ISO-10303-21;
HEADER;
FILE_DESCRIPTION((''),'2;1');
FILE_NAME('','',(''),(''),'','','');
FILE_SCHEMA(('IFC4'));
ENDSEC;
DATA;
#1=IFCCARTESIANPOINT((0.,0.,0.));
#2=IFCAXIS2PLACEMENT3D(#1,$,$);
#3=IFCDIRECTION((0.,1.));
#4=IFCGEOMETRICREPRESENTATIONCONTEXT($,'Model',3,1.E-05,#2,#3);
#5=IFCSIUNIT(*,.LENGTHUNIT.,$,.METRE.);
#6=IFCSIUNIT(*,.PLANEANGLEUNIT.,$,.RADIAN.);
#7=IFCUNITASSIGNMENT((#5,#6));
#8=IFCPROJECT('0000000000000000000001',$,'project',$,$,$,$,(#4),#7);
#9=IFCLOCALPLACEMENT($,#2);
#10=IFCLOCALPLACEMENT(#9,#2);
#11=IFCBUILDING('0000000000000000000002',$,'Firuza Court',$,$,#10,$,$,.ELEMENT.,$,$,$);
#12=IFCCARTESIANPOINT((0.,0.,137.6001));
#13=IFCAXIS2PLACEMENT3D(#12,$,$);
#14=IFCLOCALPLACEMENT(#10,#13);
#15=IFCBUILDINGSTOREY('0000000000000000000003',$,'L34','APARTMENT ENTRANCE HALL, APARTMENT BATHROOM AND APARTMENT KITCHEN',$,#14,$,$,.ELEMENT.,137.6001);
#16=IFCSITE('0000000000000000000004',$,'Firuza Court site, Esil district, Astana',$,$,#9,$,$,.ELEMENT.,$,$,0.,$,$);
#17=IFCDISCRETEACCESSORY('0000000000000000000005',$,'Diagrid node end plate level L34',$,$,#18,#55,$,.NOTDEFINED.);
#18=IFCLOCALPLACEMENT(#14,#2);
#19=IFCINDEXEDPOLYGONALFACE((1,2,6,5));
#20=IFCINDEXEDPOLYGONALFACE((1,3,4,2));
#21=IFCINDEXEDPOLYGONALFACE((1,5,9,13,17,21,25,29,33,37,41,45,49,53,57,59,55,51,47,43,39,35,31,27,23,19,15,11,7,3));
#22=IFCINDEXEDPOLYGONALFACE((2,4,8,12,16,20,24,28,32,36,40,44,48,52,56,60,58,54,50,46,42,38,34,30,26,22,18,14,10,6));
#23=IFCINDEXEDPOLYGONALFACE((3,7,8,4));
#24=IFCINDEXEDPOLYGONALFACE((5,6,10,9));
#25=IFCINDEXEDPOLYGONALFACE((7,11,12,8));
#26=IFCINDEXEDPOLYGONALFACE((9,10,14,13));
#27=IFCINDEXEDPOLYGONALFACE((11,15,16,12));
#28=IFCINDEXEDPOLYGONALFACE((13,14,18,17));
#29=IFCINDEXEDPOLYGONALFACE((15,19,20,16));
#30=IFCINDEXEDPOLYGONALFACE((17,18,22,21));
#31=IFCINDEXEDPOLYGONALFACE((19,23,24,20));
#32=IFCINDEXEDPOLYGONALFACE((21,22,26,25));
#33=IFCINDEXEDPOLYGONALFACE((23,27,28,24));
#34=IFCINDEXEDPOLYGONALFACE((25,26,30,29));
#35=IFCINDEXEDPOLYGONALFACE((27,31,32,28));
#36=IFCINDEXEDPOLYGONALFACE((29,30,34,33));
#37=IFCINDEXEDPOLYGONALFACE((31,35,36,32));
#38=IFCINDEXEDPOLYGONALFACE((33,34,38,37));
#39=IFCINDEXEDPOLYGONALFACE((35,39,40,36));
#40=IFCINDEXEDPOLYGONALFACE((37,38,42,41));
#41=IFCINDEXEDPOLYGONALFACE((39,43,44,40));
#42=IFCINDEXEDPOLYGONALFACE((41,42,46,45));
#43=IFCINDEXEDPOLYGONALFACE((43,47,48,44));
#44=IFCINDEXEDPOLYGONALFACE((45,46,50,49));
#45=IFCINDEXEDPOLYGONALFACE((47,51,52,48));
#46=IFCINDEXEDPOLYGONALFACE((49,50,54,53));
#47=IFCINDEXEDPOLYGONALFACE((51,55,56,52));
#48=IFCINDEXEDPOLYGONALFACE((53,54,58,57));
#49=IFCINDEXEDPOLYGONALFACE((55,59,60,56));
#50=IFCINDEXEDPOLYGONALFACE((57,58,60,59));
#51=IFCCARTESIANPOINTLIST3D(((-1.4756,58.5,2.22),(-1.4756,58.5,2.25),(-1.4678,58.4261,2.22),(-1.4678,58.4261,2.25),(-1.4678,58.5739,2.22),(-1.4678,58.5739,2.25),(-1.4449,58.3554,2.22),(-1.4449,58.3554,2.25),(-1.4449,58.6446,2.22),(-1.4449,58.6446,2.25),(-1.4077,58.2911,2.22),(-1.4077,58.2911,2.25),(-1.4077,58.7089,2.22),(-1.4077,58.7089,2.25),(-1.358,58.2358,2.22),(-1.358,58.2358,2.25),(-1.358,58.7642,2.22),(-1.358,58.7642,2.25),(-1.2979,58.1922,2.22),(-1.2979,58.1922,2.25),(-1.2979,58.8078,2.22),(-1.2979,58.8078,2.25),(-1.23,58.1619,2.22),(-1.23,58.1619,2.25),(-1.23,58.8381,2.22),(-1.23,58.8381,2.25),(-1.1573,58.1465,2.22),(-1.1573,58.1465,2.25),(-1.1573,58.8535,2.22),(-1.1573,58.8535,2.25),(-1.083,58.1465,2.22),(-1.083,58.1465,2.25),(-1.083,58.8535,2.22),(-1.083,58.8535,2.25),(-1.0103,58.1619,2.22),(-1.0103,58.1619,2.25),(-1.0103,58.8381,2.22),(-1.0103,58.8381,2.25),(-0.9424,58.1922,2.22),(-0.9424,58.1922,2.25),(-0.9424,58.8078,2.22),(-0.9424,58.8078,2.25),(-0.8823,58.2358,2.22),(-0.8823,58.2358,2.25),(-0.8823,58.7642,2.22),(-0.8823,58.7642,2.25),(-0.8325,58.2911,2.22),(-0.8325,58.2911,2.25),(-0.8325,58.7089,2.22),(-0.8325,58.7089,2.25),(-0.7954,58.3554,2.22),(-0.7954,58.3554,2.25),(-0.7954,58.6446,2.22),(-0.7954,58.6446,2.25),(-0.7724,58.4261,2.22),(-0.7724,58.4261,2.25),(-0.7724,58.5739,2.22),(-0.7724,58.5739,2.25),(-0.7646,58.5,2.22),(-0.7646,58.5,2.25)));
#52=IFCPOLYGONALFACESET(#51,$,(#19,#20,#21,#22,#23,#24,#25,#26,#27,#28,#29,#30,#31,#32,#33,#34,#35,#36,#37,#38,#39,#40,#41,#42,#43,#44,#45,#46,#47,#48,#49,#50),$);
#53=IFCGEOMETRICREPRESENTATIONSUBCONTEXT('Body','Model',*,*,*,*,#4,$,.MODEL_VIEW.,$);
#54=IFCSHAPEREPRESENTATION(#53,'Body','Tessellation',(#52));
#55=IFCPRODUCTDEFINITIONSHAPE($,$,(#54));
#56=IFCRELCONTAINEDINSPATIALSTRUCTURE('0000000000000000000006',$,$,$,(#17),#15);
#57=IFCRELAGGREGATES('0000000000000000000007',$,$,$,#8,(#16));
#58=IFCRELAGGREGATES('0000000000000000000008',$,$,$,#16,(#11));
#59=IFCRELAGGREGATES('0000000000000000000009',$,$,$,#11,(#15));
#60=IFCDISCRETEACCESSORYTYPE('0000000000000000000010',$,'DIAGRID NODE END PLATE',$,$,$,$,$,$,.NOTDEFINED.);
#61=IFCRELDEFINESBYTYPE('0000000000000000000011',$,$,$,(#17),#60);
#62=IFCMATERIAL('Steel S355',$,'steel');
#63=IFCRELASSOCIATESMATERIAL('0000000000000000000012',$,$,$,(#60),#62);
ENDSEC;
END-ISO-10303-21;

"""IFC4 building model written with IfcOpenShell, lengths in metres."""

from ifc_helpers import new_model, si_unit, direction, frame, origin, origin_2d, place, context, subcontext, project, spatial, circle, extrude, material, material_profile, profile_set, type_object, element, save


model = new_model("IFC4")

# Units and contexts
model_context = context("Model", 3, precision=1e-05, world=origin(), true_north=direction((0.0, 1.0)))
body_context = subcontext(model_context, "Body", "Model", "MODEL_VIEW")
ifc_project = project(units=[si_unit("LENGTHUNIT", "METRE"), si_unit("PLANEANGLEUNIT", "RADIAN")], contexts=[model_context])

# Site, building, storey
site_placement = place(None, origin())
site = spatial("IfcSite", under=ifc_project, at=site_placement, Name="Firuza Court site, Esil district, Astana", CompositionType="ELEMENT", RefElevation=0.0)
building_placement = place(site_placement, origin())
building = spatial("IfcBuilding", under=site, at=building_placement, Name="Firuza Court", CompositionType="ELEMENT")
storey_placement = place(building_placement, frame((0.0, 0.0, 137.6001)))
storey = spatial("IfcBuildingStorey", under=building, at=storey_placement, Name="L34", Description="APARTMENT ENTRANCE HALL, APARTMENT BATHROOM AND APARTMENT KITCHEN", CompositionType="ELEMENT", Elevation=137.6001)

# Discrete accessory
ifc_material_1 = material(Name="Steel S355", Category="steel")
ifc_material_profile_1 = material_profile(ifc_material_1, circle(Radius=0.3555, at=origin_2d()), Name="PL D711")
ifc_profile_set_1 = profile_set([ifc_material_profile_1], Name="Steel S355")
discrete_accessory_type = type_object("IfcDiscreteAccessoryType", Name="DIAGRID NODE END PLATE", PredefinedType="NOTDEFINED", material=ifc_profile_set_1)
for number, where, z_axis, x_axis, name in (
    (1, (-1.1201, 58.5, 2.22), (0.0, 0.0, 1.0), (1.0, 0.0, 0.0), "Diagrid node end plate level L34"),
):
    element("IfcDiscreteAccessory", number, at=place(storey_placement, frame(where, z_axis=z_axis, x_axis=x_axis)), inside=storey, type_object=discrete_accessory_type, Name=name, PredefinedType="NOTDEFINED", context=body_context, shape_type="SweptSolid", body=[
        extrude(circle(Radius=0.3555, at=origin_2d()), origin(), (0.0, 0.0, 1.0), 0.03),
    ])

save(model, "model.ifc")
